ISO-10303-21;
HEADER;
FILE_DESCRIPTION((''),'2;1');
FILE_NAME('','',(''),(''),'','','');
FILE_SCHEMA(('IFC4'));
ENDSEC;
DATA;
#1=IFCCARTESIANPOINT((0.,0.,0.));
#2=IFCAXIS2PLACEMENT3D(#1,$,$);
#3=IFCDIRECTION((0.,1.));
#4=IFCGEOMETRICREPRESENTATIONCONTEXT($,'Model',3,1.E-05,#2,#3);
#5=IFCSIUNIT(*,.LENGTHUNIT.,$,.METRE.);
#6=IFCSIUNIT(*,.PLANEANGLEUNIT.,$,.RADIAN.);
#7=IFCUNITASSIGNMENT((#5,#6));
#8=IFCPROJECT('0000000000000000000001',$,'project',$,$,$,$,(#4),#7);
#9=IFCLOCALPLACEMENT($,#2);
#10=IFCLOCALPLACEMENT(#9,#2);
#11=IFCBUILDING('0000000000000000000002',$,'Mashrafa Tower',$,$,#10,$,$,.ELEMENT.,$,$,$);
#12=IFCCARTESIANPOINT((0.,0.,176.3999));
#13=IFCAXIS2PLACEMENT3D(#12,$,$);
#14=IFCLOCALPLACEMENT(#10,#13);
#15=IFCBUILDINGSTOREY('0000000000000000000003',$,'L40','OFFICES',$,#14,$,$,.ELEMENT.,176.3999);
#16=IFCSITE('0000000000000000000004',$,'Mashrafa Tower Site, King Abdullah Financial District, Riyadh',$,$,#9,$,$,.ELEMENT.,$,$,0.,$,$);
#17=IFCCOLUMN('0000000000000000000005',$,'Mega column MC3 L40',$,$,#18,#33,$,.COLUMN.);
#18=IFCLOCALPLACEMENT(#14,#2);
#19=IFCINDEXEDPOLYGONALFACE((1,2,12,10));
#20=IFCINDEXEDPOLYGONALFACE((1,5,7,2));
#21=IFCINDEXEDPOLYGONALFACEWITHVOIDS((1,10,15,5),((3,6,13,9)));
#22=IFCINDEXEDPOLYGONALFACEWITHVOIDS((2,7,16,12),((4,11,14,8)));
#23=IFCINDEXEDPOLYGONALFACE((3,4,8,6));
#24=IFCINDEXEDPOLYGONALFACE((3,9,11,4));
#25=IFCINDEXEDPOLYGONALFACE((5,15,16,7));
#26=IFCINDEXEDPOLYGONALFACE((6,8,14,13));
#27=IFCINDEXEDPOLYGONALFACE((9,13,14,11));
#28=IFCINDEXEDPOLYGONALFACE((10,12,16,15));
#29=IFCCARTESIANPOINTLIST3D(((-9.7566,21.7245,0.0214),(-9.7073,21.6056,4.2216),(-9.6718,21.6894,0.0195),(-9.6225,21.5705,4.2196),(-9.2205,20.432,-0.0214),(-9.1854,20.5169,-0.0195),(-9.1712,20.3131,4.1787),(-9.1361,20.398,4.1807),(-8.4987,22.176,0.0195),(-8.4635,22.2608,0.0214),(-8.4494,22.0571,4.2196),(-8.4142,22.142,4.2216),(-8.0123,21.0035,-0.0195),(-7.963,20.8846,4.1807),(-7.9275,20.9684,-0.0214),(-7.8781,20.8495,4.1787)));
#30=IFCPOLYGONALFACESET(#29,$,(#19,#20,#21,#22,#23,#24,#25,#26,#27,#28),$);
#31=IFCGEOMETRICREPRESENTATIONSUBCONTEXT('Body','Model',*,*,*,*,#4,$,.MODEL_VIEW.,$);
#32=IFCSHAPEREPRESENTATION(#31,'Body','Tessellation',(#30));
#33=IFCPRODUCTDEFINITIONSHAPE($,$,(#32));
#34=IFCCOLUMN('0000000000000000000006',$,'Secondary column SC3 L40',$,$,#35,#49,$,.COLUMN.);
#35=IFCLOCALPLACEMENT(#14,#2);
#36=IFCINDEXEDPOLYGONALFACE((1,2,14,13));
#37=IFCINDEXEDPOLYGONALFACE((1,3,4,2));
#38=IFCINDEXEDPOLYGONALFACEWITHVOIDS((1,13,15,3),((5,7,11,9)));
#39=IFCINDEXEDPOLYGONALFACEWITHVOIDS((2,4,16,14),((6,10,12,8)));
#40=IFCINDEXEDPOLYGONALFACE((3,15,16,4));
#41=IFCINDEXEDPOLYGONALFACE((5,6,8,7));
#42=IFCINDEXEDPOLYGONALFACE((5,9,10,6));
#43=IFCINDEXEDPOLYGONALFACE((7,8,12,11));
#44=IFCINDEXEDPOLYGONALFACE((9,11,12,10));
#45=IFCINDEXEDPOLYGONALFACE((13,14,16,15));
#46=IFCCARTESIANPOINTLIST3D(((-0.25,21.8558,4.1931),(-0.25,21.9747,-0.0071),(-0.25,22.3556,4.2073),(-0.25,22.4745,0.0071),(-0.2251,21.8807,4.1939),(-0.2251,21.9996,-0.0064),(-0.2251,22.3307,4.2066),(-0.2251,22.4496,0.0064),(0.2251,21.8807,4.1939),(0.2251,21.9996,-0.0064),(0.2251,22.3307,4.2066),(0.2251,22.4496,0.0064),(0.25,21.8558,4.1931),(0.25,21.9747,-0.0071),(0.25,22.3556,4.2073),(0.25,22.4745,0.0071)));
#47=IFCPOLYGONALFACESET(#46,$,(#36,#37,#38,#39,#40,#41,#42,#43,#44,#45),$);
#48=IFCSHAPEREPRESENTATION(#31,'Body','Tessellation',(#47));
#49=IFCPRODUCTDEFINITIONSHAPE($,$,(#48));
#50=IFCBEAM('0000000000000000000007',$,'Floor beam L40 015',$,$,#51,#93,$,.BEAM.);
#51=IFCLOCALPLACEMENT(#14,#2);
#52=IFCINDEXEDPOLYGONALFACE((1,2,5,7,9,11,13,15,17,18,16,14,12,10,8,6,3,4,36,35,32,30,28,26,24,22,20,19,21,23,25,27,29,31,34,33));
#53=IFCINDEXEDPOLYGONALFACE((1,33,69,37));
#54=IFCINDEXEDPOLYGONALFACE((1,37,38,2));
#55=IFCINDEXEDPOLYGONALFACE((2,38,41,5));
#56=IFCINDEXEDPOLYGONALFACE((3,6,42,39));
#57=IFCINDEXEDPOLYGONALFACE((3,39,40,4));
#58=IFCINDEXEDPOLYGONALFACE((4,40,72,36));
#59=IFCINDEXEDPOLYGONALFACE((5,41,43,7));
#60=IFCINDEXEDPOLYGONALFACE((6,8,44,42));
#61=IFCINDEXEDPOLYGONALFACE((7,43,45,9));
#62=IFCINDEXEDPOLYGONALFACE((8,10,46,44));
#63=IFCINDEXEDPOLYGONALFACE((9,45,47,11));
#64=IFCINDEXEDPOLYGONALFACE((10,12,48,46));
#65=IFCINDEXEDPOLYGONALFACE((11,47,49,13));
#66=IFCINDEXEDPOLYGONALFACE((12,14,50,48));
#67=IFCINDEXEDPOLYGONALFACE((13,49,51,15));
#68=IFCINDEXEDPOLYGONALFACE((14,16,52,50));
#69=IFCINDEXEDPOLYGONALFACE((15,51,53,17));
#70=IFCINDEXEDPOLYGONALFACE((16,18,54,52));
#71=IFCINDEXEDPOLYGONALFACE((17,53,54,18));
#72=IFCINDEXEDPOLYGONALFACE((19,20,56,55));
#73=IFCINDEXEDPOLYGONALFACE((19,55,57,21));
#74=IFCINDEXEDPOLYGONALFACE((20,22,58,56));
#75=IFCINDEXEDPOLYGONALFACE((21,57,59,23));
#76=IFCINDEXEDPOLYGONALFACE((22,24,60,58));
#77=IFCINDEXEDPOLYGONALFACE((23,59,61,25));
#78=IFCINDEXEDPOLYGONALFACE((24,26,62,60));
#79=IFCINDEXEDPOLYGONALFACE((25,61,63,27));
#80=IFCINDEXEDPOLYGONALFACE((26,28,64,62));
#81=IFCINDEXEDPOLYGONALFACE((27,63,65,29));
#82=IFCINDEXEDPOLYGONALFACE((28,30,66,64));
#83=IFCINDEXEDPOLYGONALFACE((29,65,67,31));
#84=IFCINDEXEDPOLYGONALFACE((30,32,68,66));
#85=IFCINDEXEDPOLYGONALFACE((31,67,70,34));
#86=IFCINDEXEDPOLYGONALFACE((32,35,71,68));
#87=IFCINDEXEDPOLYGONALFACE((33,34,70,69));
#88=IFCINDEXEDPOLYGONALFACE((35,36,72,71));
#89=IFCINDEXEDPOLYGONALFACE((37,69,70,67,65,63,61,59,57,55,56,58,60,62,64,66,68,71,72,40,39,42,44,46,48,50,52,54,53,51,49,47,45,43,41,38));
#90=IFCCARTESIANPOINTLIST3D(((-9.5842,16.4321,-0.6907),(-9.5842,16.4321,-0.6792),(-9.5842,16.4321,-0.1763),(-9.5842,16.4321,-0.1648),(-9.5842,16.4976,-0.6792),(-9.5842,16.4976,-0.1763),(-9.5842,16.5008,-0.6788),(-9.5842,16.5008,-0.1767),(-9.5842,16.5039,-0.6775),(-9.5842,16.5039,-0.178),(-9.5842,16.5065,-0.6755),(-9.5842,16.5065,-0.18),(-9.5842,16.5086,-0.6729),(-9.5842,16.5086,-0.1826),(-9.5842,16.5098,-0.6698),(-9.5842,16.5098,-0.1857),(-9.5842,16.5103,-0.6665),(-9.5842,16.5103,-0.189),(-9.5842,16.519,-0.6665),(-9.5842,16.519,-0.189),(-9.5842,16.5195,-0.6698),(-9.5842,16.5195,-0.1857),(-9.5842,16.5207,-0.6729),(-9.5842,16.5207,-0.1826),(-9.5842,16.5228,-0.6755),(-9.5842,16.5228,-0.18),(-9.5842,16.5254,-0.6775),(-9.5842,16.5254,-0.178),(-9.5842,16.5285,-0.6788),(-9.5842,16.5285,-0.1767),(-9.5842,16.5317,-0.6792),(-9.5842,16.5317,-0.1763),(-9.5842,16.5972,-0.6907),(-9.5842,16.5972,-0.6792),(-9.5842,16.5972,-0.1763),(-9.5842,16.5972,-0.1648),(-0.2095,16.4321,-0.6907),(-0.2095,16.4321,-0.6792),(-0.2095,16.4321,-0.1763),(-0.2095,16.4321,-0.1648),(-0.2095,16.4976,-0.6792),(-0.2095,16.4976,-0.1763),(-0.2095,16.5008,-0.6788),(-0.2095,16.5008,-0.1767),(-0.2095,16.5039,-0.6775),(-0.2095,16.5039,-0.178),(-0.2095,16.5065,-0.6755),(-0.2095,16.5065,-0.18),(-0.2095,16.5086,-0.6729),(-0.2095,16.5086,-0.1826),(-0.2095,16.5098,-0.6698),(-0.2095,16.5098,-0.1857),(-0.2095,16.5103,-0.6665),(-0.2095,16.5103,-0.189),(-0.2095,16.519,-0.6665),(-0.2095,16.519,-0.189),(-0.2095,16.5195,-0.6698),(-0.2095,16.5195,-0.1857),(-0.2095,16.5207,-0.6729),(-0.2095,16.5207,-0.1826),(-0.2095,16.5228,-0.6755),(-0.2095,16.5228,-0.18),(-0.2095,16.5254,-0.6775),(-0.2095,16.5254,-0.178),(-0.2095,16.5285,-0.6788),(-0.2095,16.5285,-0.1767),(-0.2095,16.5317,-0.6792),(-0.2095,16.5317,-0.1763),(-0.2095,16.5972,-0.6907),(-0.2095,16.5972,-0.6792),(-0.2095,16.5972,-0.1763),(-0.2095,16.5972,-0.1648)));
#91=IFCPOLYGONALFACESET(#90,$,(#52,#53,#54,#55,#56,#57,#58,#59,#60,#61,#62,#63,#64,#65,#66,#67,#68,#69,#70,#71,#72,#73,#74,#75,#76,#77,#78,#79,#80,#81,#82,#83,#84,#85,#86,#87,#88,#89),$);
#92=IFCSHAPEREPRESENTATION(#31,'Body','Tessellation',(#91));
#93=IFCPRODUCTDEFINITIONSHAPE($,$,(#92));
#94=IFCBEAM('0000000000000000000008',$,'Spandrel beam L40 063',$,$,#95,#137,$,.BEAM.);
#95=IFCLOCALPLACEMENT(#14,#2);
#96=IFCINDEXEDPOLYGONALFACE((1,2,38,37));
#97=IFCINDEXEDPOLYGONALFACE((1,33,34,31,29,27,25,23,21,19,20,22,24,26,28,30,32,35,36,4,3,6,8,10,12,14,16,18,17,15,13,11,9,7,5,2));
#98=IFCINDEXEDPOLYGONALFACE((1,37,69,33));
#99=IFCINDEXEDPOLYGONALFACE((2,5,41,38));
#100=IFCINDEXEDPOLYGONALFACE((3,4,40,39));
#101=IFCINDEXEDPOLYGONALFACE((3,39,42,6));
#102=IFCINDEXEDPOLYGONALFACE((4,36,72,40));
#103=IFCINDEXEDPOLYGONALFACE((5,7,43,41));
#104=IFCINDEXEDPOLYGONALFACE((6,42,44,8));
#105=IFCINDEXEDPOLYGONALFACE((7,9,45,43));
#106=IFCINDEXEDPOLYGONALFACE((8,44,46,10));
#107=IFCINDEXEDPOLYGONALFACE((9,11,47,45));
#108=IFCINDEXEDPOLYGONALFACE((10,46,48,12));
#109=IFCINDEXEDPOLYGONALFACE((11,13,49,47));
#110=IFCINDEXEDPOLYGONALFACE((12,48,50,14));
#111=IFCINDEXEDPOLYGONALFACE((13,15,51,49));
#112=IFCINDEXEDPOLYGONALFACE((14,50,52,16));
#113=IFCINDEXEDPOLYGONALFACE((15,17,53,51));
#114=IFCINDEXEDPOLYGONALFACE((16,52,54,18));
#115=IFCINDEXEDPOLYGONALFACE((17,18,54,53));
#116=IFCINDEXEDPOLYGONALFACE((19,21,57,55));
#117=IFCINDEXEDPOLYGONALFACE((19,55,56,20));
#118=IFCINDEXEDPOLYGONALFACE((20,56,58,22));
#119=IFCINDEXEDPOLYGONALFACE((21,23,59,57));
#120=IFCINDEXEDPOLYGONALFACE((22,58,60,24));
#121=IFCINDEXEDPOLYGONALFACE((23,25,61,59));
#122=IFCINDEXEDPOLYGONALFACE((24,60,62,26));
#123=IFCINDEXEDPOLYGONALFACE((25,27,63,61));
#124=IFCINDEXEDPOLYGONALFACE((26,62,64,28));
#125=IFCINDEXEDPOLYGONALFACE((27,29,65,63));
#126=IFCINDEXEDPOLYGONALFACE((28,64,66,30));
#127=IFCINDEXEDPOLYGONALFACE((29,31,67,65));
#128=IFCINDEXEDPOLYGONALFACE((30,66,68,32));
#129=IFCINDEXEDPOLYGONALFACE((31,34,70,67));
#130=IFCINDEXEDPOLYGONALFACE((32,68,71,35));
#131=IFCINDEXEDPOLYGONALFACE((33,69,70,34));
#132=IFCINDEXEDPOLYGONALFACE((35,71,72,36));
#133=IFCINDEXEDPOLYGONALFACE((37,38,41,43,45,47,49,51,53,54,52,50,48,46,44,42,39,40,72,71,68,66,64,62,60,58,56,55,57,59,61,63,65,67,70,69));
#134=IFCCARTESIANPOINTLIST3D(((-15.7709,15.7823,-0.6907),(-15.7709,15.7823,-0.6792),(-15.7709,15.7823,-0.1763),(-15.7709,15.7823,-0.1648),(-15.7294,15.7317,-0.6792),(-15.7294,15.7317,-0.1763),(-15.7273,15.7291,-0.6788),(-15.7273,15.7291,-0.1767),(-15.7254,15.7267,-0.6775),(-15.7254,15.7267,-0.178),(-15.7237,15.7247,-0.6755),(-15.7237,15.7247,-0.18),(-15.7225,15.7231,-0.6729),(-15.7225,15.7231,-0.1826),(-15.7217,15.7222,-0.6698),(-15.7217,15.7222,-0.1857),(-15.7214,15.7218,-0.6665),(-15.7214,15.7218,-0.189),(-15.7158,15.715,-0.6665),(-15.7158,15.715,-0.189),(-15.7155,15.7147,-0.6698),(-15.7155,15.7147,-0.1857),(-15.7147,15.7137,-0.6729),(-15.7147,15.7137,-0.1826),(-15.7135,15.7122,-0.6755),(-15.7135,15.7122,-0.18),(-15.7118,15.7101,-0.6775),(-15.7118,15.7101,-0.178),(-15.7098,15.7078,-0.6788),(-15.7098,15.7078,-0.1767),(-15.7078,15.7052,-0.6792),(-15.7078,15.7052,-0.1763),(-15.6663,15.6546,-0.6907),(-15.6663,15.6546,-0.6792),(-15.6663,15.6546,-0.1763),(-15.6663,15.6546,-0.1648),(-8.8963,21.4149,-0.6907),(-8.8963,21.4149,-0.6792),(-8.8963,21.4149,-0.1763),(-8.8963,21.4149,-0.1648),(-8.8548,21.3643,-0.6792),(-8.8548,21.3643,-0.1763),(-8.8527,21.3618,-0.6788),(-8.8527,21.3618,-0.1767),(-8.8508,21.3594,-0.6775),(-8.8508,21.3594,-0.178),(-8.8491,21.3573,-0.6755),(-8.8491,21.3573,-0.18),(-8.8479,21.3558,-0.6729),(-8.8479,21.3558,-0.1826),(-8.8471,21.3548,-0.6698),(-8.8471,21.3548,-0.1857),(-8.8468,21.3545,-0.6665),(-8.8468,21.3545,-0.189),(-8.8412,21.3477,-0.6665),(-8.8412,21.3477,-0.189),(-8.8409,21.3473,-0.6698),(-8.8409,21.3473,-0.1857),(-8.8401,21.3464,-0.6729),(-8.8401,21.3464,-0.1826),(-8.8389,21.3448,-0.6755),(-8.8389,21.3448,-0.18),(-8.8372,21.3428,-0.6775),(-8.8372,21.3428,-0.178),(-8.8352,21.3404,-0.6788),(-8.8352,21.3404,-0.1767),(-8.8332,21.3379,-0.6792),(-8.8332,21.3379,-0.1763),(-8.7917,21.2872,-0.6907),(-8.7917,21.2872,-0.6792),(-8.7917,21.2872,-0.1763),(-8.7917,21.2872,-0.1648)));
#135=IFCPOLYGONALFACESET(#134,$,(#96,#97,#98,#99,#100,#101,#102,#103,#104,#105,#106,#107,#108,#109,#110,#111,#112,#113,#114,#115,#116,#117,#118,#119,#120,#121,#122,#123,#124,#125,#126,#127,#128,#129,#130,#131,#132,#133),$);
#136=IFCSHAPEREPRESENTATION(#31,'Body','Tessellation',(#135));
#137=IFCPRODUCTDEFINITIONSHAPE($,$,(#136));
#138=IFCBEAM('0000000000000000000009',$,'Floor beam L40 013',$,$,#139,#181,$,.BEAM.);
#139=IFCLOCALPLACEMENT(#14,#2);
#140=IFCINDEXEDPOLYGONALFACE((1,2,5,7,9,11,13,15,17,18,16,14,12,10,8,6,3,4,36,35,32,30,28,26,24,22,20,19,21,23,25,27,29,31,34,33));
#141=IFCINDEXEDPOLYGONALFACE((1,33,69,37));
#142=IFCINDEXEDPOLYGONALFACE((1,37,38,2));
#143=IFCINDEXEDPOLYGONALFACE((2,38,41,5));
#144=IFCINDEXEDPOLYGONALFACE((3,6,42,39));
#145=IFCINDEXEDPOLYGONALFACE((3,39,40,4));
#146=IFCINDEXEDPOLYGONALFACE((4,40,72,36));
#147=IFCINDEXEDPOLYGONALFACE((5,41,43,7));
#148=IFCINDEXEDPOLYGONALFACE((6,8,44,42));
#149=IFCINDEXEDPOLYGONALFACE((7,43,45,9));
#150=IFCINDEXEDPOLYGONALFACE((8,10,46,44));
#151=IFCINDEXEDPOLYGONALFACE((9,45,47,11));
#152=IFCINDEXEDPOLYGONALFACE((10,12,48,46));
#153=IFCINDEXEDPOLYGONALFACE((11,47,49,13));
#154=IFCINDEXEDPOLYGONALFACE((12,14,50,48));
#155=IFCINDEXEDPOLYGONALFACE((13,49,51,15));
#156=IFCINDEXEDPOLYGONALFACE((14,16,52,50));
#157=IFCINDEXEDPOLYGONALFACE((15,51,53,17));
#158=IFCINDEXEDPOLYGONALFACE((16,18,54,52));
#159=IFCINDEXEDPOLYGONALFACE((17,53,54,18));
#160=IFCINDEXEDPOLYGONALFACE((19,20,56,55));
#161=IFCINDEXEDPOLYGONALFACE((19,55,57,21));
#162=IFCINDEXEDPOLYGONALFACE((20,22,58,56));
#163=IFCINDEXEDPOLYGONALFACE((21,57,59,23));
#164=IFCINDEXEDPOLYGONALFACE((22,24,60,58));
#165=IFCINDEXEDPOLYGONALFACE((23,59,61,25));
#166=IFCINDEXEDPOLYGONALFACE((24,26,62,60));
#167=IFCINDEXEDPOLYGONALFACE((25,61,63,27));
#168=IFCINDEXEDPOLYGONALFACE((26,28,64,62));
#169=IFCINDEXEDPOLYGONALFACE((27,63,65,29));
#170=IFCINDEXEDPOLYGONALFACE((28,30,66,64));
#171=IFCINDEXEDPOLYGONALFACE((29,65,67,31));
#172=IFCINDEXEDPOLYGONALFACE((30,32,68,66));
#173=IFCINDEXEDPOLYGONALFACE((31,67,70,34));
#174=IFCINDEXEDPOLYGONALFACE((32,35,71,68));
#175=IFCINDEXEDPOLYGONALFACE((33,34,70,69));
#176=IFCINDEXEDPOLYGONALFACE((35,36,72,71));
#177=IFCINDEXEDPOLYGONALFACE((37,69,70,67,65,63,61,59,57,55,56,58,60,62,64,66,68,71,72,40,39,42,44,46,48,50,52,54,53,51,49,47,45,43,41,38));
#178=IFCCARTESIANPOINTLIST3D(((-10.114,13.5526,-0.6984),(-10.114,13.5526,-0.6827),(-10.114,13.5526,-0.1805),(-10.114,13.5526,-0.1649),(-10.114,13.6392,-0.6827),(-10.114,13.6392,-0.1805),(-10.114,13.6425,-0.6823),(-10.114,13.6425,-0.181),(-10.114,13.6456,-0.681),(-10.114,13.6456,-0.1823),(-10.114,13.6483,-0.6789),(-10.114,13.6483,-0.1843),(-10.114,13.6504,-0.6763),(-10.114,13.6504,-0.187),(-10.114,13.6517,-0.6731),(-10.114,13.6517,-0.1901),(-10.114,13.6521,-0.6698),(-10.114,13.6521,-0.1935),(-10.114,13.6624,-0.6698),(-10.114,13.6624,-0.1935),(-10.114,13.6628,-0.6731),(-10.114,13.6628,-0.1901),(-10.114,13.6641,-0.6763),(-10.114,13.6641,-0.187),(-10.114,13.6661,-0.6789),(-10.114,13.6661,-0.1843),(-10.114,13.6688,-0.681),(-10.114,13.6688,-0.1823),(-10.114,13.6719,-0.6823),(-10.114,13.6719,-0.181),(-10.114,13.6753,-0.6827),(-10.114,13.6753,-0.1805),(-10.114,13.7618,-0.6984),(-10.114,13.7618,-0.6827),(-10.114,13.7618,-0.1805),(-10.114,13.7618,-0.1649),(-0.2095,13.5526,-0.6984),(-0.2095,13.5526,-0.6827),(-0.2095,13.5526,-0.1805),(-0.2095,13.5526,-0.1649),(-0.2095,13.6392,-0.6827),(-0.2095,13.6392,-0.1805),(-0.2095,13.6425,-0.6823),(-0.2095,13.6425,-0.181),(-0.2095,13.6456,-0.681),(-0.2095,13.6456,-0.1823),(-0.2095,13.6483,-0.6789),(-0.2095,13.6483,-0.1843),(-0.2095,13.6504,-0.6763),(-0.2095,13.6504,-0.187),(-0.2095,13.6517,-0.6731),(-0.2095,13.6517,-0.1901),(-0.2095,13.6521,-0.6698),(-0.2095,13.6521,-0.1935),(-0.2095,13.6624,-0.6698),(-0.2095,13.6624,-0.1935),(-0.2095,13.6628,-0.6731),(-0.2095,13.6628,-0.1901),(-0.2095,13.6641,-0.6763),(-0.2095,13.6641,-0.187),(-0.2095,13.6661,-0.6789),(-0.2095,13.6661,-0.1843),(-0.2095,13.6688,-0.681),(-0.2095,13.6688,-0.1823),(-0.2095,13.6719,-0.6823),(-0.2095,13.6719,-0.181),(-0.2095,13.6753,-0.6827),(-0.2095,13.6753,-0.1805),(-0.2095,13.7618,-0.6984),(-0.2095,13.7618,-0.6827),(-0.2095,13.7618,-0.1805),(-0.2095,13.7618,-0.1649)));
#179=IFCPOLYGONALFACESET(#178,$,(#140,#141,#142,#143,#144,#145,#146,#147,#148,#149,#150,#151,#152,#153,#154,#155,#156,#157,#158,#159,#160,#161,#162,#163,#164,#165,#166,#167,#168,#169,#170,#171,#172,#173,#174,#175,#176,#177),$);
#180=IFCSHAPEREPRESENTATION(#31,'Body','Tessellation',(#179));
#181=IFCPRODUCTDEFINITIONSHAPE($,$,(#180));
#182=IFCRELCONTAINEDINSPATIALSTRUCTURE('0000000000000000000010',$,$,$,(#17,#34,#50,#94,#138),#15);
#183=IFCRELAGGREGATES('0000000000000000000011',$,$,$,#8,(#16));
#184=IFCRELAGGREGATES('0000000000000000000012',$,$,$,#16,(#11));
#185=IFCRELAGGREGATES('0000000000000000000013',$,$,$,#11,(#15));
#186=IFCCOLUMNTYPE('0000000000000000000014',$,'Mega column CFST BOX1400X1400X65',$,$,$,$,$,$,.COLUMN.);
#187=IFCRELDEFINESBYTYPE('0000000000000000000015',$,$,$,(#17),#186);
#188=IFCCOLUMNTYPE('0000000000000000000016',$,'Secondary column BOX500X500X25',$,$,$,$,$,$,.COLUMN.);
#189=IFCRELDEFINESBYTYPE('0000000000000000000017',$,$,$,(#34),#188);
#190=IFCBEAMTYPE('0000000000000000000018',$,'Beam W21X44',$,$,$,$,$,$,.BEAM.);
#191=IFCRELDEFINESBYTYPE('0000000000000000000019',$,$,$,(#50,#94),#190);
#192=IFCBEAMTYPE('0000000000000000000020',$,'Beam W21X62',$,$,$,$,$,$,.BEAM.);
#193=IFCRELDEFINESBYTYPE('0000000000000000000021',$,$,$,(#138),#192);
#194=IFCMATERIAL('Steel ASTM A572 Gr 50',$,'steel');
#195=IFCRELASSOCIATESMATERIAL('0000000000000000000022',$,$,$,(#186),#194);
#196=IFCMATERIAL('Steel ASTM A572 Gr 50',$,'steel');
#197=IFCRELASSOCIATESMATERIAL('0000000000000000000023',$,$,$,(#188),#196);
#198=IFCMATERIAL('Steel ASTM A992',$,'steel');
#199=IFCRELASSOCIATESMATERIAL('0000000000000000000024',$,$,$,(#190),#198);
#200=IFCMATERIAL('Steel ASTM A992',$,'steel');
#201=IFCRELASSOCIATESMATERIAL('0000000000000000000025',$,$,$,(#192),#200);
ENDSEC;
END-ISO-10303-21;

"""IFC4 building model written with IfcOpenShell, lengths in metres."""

from ifc_helpers import new_model, si_unit, direction, frame, origin, origin_2d, place, context, subcontext, project, spatial, hollow_rectangle, i_section, extrude, material, material_profile, profile_set, type_object, element, save


model = new_model("IFC4")

# Units and contexts
model_context = context("Model", 3, precision=1e-05, world=origin(), true_north=direction((0.0, 1.0)))
body_context = subcontext(model_context, "Body", "Model", "MODEL_VIEW")
ifc_project = project(units=[si_unit("LENGTHUNIT", "METRE"), si_unit("PLANEANGLEUNIT", "RADIAN")], contexts=[model_context])

# Site, building, storey
site_placement = place(None, origin())
site = spatial("IfcSite", under=ifc_project, at=site_placement, Name="Mashrafa Tower Site, King Abdullah Financial District, Riyadh", CompositionType="ELEMENT", RefElevation=0.0)
building_placement = place(site_placement, origin())
building = spatial("IfcBuilding", under=site, at=building_placement, Name="Mashrafa Tower", CompositionType="ELEMENT")
storey_placement = place(building_placement, frame((0.0, 0.0, 176.3999)))
storey = spatial("IfcBuildingStorey", under=building, at=storey_placement, Name="L40", Description="OFFICES", CompositionType="ELEMENT", Elevation=176.3999)

# Columns
ifc_material_1 = material(Name="Steel ASTM A572 Gr 50", Category="steel")
ifc_material_profile_1 = material_profile(ifc_material_1, hollow_rectangle(XDim=1.3999, YDim=1.3999, WallThickness=0.0649, at=origin_2d()), Name="BOX1400X1400X65")
ifc_profile_set_1 = profile_set([ifc_material_profile_1], Name="Steel ASTM A572 Gr 50")
column_type_1 = type_object("IfcColumnType", Name="Mega column CFST BOX1400X1400X65", PredefinedType="COLUMN", material=ifc_profile_set_1)
column_1_placement = place(storey_placement, frame((-8.842, 21.3464, 0.0), z_axis=(0.011736, -0.028294, 0.999531), x_axis=(0.923693, 0.383133, 0.0)))
element("IfcColumn", 1, at=column_1_placement, inside=storey, type_object=column_type_1, Name="Mega column MC3 L40", PredefinedType="COLUMN", context=body_context, shape_type="SweptSolid", body=[
    extrude(hollow_rectangle(XDim=1.3999, YDim=1.3999, WallThickness=0.0649, at=origin_2d()), origin(), (0.0, 0.0, 1.0), 4.2021),
])
ifc_material_2 = material(Name="Steel ASTM A572 Gr 50", Category="steel")
ifc_material_profile_2 = material_profile(ifc_material_2, hollow_rectangle(XDim=0.5, YDim=0.5, WallThickness=0.0249, at=origin_2d()), Name="BOX500X500X25")
ifc_profile_set_2 = profile_set([ifc_material_profile_2], Name="Steel ASTM A572 Gr 50")
column_type_2 = type_object("IfcColumnType", Name="Secondary column BOX500X500X25", PredefinedType="COLUMN", material=ifc_profile_set_2)
column_2_placement = place(storey_placement, frame((0.0, 22.2246, 0.0), z_axis=(0.0, -0.028296, 0.9996), x_axis=(1.0, 0.0, 0.0)))
element("IfcColumn", 2, at=column_2_placement, inside=storey, type_object=column_type_2, Name="Secondary column SC3 L40", PredefinedType="COLUMN", context=body_context, shape_type="SweptSolid", body=[
    extrude(hollow_rectangle(XDim=0.5, YDim=0.5, WallThickness=0.0249, at=origin_2d()), origin(), (0.0, 0.0, 1.0), 4.2019),
])

# Beams
ifc_material_3 = material(Name="Steel ASTM A992", Category="steel")
ifc_material_profile_3 = material_profile(ifc_material_3, i_section(OverallWidth=0.165, OverallDepth=0.5259, WebThickness=0.0088, FlangeThickness=0.0115, FilletRadius=0.0127, at=origin_2d()), Name="W21X44")
ifc_profile_set_3 = profile_set([ifc_material_profile_3], Name="Steel ASTM A992")
beam_type_1 = type_object("IfcBeamType", Name="Beam W21X44", PredefinedType="BEAM", material=ifc_profile_set_3)
beam_1_placement = place(storey_placement, frame((-9.5842, 16.5146, -0.4277), z_axis=(1.0, 0.0, 0.0), x_axis=(0.0, 1.0, 0.0)))
element("IfcBeam", 3, at=beam_1_placement, inside=storey, type_object=beam_type_1, Name="Floor beam L40 015", PredefinedType="BEAM", context=body_context, shape_type="SweptSolid", body=[
    extrude(i_section(OverallWidth=0.165, OverallDepth=0.5259, WebThickness=0.0088, FlangeThickness=0.0115, FilletRadius=0.0127, at=origin_2d()), origin(), (0.0, 0.0, 1.0), 9.3748),
])
beam_2_placement = place(storey_placement, frame((-8.844, 21.3511, -0.4277), z_axis=(-0.773518, -0.633775, 0.0), x_axis=(0.633775, -0.773518, 0.0)))
element("IfcBeam", 4, at=beam_2_placement, inside=storey, type_object=beam_type_1, Name="Spandrel beam L40 063", PredefinedType="BEAM", context=body_context, shape_type="SweptSolid", body=[
    extrude(i_section(OverallWidth=0.165, OverallDepth=0.5259, WebThickness=0.0088, FlangeThickness=0.0115, FilletRadius=0.0127, at=origin_2d()), origin(), (0.0, 0.0, 1.0), 8.8875),
])
ifc_material_4 = material(Name="Steel ASTM A992", Category="steel")
ifc_material_profile_4 = material_profile(ifc_material_4, i_section(OverallWidth=0.2092, OverallDepth=0.5334, WebThickness=0.0103, FlangeThickness=0.0156, FilletRadius=0.0129, at=origin_2d()), Name="W21X62")
ifc_profile_set_4 = profile_set([ifc_material_profile_4], Name="Steel ASTM A992")
beam_type_2 = type_object("IfcBeamType", Name="Beam W21X62", PredefinedType="BEAM", material=ifc_profile_set_4)
beam_3_placement = place(storey_placement, frame((-10.114, 13.6572, -0.4316), z_axis=(1.0, 0.0, 0.0), x_axis=(0.0, 1.0, 0.0)))
element("IfcBeam", 5, at=beam_3_placement, inside=storey, type_object=beam_type_2, Name="Floor beam L40 013", PredefinedType="BEAM", context=body_context, shape_type="SweptSolid", body=[
    extrude(i_section(OverallWidth=0.2092, OverallDepth=0.5334, WebThickness=0.0103, FlangeThickness=0.0156, FilletRadius=0.0129, at=origin_2d()), origin(), (0.0, 0.0, 1.0), 9.9045),
])

save(model, "model.ifc")
